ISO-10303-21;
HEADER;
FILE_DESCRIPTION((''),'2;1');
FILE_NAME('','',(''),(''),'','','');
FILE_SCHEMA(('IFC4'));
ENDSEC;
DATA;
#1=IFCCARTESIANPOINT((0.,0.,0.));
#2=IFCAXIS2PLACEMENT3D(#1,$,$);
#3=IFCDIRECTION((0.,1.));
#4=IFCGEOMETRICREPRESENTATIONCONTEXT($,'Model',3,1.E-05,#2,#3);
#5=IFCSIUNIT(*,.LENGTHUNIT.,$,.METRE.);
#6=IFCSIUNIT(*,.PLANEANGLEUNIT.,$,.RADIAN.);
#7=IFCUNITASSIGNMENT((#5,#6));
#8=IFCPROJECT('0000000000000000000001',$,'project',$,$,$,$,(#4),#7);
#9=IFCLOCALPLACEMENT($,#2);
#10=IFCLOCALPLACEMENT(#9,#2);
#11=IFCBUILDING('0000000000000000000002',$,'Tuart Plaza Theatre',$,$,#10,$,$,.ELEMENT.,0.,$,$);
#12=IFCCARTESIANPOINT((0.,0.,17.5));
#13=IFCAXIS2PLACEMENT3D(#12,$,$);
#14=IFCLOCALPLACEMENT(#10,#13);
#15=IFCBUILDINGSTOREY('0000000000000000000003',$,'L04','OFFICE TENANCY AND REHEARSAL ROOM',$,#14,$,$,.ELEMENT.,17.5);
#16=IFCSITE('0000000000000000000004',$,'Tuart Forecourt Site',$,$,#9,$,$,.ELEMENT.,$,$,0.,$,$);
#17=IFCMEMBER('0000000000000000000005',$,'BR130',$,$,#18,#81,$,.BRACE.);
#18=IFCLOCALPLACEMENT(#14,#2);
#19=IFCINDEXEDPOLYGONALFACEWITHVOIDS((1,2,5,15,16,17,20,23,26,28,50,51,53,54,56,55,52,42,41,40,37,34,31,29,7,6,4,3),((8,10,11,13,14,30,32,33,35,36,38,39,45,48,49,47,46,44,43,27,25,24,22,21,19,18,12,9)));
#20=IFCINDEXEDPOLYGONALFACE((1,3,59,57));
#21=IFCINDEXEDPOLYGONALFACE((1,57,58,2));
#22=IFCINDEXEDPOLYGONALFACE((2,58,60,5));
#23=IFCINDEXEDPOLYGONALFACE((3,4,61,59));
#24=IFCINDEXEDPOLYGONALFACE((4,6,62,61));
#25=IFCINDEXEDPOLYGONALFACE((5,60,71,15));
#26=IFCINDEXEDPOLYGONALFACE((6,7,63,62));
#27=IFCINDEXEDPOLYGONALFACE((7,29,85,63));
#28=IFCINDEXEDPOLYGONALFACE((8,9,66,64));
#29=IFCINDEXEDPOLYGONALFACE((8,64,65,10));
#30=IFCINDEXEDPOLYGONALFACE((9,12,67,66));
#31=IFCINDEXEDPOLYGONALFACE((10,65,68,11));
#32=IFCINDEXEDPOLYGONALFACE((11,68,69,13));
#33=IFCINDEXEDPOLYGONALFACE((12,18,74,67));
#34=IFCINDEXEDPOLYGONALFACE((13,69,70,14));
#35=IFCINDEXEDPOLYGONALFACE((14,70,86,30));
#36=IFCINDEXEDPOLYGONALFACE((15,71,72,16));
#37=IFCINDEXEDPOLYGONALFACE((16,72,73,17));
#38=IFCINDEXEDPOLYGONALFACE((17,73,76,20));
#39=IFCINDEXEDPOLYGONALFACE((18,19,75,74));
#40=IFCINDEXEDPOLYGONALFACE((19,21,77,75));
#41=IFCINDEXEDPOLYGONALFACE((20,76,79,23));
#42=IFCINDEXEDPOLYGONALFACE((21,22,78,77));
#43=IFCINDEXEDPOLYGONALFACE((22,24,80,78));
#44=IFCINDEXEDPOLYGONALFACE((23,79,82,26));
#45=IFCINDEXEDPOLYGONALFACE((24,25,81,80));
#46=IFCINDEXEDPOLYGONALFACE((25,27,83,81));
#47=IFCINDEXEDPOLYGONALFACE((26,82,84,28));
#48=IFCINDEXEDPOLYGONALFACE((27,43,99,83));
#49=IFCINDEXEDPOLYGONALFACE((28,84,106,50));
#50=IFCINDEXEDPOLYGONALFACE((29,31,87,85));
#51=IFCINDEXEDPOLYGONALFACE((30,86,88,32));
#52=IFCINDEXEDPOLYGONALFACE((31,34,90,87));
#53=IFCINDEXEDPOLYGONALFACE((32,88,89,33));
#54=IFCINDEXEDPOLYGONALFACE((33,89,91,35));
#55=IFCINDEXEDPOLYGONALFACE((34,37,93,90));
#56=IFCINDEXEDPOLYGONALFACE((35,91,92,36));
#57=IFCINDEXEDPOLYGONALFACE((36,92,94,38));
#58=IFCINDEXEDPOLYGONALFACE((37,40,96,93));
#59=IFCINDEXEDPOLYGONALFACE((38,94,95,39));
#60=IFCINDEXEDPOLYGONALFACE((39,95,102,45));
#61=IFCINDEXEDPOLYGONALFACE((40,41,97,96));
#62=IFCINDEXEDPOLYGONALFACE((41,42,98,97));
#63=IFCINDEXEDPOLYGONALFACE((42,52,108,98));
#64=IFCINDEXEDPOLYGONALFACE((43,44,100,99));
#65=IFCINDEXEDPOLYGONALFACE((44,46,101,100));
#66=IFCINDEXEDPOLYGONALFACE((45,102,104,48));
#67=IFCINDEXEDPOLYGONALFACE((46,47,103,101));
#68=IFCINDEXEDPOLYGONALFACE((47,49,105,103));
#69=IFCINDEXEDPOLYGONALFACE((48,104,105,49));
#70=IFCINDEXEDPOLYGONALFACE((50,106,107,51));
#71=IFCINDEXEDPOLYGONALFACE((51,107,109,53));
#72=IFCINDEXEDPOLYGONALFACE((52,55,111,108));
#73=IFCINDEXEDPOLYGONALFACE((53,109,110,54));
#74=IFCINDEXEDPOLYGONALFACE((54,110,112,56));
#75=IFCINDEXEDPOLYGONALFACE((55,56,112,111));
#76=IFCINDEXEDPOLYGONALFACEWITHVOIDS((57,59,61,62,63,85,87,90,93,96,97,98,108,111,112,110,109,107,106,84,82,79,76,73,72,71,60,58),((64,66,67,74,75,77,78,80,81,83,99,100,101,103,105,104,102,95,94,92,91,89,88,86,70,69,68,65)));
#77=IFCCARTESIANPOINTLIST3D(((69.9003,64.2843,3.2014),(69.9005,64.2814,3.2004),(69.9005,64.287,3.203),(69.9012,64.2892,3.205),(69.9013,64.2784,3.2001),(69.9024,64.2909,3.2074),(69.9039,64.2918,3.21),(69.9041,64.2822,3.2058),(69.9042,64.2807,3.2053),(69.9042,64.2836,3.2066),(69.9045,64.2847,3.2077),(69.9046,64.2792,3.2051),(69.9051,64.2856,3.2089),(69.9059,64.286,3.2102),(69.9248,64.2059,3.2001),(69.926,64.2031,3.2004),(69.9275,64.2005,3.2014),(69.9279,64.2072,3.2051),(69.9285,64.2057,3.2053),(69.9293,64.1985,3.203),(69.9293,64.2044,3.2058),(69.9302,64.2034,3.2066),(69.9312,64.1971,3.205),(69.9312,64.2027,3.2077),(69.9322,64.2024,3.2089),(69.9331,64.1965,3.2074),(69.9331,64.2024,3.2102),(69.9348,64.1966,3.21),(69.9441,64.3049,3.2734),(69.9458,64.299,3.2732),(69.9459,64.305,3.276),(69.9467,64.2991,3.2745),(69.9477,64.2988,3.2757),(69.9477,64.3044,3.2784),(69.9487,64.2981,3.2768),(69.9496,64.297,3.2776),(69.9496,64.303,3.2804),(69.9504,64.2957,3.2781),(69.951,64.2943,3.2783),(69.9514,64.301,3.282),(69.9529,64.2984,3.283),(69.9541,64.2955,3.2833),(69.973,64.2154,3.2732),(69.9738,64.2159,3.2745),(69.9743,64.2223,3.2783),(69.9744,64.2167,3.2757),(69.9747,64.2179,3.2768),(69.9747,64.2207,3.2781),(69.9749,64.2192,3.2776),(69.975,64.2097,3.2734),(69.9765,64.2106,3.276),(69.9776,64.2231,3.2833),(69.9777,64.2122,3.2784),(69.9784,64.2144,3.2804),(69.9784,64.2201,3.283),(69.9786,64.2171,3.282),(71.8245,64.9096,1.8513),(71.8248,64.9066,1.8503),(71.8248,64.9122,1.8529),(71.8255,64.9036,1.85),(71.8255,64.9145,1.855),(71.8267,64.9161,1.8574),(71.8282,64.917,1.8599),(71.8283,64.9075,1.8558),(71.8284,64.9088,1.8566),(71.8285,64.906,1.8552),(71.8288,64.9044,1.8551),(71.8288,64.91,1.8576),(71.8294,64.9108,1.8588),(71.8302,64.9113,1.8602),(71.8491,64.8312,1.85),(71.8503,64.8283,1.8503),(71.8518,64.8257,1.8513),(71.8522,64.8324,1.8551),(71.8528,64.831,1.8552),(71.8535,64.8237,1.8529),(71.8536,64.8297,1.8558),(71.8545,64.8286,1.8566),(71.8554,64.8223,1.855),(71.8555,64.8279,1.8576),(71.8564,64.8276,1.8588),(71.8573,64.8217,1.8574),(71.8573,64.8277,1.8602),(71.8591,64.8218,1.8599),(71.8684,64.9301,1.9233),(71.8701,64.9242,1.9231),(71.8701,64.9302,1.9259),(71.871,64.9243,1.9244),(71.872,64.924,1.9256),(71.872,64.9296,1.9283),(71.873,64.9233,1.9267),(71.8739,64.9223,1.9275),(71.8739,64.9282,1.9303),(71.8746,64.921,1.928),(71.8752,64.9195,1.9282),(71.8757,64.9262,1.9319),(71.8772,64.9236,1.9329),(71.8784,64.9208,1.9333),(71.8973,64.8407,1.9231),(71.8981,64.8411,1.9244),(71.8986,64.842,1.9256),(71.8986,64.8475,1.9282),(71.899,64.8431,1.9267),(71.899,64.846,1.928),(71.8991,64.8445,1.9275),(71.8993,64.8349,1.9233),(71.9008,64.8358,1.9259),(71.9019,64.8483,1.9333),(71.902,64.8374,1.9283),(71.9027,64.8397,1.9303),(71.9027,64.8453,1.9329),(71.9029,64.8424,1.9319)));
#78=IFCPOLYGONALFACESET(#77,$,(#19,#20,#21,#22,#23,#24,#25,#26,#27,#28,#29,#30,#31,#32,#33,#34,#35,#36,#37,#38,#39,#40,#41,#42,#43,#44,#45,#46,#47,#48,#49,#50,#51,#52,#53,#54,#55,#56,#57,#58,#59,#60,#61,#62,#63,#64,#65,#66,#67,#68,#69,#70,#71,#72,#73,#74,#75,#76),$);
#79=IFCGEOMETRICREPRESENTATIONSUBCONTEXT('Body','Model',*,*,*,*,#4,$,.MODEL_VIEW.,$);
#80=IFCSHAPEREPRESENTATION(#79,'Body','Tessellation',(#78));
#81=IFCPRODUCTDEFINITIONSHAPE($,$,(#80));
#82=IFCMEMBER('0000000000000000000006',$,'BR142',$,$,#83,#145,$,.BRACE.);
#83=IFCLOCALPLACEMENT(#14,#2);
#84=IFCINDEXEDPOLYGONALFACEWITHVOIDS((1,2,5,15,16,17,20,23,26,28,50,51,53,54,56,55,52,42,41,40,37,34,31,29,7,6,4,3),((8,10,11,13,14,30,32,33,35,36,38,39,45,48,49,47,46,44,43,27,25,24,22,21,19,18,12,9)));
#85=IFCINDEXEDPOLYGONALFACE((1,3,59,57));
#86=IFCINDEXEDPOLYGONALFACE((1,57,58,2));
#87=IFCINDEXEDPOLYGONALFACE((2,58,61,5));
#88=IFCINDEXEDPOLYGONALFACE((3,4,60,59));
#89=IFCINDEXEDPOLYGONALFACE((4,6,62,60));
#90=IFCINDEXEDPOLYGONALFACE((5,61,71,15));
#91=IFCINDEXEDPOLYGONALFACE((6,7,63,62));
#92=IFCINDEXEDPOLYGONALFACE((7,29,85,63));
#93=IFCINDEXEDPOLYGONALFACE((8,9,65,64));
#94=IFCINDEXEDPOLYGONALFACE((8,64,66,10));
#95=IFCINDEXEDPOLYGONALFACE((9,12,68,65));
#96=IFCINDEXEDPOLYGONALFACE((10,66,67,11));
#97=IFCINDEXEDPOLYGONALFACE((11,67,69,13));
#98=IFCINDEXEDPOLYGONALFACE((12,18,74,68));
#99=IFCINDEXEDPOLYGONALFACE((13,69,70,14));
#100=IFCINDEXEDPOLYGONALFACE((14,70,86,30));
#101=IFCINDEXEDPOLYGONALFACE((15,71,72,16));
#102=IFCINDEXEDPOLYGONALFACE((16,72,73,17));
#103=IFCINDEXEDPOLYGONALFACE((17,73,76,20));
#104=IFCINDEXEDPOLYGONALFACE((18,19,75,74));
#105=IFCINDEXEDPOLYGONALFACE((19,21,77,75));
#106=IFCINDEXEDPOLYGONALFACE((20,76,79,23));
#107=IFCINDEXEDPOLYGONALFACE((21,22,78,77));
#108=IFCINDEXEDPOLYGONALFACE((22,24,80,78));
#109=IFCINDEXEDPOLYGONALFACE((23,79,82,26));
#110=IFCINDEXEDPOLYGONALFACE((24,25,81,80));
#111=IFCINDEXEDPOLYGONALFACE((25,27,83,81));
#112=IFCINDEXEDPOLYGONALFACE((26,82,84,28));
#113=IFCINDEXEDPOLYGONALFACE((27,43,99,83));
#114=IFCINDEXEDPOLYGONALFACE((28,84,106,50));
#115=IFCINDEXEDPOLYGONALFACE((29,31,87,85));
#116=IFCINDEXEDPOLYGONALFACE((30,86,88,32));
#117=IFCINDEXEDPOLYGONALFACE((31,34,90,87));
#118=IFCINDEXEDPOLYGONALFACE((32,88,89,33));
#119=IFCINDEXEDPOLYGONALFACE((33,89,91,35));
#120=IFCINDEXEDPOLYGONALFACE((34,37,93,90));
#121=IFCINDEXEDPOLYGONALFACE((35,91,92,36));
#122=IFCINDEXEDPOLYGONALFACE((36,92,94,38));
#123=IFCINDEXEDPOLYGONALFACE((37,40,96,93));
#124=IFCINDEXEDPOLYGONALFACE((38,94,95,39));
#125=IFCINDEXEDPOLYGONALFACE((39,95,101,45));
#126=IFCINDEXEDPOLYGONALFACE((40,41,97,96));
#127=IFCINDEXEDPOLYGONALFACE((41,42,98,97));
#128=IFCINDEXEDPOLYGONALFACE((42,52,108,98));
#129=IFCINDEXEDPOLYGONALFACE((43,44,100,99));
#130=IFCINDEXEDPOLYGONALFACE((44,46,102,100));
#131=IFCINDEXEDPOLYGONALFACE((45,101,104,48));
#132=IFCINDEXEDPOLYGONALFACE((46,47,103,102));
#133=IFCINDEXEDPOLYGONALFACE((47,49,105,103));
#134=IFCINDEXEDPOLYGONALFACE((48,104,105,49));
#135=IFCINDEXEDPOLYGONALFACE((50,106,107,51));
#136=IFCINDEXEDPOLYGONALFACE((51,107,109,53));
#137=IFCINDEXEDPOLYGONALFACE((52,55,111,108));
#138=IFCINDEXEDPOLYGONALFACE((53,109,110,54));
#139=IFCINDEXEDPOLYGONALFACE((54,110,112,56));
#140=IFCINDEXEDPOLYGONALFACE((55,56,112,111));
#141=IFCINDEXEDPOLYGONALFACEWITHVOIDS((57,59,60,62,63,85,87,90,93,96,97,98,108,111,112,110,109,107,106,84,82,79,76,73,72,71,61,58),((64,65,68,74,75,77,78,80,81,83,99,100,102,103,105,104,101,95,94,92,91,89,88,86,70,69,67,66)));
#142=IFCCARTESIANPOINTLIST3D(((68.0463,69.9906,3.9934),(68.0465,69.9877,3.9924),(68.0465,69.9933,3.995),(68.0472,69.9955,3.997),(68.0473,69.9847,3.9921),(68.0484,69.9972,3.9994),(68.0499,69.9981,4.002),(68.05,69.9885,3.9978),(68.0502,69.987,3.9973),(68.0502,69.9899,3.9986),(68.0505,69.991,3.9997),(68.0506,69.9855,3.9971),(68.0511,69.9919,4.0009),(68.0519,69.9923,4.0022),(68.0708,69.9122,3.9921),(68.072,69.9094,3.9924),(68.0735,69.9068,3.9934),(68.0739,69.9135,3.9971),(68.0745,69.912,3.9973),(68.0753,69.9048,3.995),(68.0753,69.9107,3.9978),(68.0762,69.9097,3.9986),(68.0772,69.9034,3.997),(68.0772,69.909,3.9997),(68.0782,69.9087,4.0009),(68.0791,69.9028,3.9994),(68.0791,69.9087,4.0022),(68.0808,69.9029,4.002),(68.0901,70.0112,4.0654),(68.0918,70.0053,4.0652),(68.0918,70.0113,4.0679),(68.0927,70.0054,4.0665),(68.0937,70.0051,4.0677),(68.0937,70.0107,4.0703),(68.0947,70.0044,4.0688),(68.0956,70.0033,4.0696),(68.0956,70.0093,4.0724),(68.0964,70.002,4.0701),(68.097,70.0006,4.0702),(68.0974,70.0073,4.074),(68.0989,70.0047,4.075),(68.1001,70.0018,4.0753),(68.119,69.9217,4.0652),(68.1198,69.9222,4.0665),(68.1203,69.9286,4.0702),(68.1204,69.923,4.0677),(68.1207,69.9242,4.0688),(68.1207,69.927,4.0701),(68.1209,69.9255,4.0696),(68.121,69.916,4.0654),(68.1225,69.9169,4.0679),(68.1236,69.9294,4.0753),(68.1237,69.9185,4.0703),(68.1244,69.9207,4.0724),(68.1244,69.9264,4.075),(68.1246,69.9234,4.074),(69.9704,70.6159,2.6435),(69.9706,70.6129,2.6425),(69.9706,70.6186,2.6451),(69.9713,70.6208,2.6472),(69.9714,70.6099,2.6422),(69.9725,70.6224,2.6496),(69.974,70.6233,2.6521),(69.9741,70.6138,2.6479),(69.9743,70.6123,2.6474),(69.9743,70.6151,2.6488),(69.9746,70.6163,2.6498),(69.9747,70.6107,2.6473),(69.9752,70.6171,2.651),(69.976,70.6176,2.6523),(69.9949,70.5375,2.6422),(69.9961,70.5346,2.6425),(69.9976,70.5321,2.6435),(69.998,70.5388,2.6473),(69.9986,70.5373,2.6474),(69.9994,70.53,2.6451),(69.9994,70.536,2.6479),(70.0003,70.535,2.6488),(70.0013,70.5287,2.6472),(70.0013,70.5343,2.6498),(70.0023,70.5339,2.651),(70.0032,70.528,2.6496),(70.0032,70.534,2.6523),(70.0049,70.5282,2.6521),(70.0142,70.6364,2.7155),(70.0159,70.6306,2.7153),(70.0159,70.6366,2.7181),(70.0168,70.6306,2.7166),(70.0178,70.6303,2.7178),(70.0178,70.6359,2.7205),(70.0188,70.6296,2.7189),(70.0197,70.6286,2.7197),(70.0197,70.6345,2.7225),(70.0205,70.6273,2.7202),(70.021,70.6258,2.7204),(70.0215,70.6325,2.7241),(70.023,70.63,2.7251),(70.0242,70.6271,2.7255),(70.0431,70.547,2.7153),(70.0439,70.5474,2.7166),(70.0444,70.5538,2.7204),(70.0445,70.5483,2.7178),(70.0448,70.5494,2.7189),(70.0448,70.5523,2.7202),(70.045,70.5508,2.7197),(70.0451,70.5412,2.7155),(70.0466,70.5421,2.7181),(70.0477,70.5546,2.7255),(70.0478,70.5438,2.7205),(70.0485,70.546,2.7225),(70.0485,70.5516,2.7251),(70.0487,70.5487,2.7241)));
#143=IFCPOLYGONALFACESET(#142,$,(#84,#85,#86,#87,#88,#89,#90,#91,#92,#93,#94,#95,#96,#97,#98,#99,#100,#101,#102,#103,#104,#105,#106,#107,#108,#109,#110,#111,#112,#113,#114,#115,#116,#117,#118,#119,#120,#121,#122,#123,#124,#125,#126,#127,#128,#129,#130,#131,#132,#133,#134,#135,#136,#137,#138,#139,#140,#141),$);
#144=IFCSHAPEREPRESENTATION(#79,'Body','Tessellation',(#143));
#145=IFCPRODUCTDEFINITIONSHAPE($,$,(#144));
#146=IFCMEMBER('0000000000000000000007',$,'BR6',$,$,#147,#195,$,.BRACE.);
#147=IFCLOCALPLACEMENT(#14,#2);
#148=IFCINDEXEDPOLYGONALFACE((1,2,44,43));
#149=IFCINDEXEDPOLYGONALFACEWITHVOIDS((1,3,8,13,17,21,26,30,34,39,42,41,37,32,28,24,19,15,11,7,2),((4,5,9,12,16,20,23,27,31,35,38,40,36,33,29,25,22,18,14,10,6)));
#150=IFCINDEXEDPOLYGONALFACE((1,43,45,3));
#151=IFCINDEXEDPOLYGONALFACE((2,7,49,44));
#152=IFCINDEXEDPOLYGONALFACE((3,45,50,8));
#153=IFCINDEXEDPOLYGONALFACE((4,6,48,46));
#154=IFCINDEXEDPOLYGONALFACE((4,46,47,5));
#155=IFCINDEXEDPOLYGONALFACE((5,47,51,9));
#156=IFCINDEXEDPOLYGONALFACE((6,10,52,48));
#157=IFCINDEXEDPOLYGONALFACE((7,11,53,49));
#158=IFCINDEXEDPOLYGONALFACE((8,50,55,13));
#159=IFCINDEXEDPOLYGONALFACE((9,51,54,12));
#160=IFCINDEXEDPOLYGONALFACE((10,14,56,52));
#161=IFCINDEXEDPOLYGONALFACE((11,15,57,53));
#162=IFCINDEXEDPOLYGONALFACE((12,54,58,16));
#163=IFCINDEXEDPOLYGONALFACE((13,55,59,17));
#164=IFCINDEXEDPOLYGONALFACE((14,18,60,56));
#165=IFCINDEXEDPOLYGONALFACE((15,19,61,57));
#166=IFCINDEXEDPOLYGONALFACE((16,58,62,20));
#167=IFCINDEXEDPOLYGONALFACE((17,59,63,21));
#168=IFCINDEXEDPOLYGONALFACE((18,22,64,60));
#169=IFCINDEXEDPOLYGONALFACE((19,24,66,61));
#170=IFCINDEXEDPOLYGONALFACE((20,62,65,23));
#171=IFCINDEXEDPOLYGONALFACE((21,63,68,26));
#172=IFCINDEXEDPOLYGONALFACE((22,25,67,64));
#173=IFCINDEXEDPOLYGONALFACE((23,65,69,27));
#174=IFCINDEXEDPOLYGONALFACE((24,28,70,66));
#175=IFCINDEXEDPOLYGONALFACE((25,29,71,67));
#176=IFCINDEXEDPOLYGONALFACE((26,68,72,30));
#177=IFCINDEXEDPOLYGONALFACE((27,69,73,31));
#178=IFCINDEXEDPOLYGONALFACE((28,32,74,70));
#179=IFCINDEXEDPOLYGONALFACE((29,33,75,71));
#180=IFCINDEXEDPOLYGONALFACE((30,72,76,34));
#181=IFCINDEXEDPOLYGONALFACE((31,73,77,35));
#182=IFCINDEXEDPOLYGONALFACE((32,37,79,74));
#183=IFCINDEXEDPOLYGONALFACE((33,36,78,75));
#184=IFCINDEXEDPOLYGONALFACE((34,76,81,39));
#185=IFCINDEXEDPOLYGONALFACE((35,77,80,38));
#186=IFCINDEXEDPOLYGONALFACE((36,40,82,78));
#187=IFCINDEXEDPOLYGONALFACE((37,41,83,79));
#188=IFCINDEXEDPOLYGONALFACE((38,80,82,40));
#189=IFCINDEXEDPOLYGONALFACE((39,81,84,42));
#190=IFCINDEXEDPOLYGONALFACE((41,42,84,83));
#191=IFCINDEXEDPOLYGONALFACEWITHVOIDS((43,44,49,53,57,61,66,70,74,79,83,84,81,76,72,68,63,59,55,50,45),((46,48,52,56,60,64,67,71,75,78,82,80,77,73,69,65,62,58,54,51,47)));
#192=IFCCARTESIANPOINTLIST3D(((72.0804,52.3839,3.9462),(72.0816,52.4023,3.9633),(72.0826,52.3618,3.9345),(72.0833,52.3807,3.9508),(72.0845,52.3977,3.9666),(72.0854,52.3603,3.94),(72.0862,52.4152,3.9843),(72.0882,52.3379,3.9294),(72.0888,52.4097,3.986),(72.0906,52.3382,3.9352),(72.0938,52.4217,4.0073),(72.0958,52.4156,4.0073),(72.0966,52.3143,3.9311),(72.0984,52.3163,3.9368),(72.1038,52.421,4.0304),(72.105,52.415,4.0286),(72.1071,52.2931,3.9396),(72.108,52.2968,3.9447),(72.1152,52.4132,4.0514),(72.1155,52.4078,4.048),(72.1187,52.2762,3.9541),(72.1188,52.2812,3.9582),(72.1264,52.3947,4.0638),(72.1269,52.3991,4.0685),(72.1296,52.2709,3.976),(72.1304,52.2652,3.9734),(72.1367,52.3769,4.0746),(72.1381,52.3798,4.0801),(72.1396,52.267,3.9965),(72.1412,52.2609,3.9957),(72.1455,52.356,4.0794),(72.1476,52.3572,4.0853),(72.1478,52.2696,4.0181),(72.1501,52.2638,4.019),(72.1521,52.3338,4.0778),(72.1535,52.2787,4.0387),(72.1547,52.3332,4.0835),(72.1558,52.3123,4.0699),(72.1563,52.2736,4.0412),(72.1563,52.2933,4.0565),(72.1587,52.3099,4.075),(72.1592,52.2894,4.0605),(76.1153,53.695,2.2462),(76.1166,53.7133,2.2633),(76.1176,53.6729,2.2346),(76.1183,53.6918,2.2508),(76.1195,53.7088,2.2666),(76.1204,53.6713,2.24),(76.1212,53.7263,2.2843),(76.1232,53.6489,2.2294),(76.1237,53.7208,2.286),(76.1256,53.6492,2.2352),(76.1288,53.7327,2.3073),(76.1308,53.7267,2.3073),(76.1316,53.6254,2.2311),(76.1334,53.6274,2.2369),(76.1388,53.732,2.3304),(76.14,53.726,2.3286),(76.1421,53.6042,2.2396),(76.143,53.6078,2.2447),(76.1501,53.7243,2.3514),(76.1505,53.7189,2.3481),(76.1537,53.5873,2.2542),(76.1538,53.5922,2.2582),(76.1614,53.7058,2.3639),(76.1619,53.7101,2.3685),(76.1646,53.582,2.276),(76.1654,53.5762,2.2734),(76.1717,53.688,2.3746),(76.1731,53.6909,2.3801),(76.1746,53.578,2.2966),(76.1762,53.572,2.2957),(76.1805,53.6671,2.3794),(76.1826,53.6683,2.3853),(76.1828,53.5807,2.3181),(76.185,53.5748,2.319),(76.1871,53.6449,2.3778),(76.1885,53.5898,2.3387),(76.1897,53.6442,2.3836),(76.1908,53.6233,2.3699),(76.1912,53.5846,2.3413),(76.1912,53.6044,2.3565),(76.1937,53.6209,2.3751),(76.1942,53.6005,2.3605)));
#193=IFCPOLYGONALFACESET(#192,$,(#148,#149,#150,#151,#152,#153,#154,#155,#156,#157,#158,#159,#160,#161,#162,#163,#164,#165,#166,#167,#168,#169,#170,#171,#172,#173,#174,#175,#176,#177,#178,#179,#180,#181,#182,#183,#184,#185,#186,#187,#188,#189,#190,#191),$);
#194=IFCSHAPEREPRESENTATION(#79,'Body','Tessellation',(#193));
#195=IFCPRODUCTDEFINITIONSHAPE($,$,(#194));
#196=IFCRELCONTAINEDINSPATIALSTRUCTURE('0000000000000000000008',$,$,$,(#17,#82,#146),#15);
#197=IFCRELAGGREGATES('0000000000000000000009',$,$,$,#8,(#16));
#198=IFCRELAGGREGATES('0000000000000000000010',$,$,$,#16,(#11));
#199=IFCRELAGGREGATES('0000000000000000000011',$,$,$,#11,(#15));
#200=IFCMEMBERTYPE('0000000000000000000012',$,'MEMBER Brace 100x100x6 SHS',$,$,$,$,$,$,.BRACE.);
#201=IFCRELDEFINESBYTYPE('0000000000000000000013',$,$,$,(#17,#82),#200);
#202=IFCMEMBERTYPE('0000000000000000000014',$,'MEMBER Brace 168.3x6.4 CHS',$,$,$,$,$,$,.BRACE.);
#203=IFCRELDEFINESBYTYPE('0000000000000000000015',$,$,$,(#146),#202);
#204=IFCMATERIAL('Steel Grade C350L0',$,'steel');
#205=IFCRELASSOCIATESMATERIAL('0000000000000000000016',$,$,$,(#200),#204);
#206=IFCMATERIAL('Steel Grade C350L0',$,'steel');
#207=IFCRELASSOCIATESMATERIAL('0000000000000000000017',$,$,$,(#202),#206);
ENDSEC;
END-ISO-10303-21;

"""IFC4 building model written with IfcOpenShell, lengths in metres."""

from ifc_helpers import new_model, si_unit, direction, frame, origin, origin_2d, place, context, subcontext, project, spatial, hollow_rectangle, hollow_circle, extrude, material, material_profile, profile_set, type_object, element, save


model = new_model("IFC4")

# Units and contexts
model_context = context("Model", 3, precision=1e-05, world=origin(), true_north=direction((0.0, 1.0)))
body_context = subcontext(model_context, "Body", "Model", "MODEL_VIEW")
ifc_project = project(units=[si_unit("LENGTHUNIT", "METRE"), si_unit("PLANEANGLEUNIT", "RADIAN")], contexts=[model_context])

# Site, building, storey
site_placement = place(None, origin())
site = spatial("IfcSite", under=ifc_project, at=site_placement, Name="Tuart Forecourt Site", CompositionType="ELEMENT", RefElevation=0.0)
building_placement = place(site_placement, origin())
building = spatial("IfcBuilding", under=site, at=building_placement, Name="Tuart Plaza Theatre", CompositionType="ELEMENT", ElevationOfRefHeight=0.0)
storey_placement = place(building_placement, frame((0.0, 0.0, 17.5)))
storey = spatial("IfcBuildingStorey", under=building, at=storey_placement, Name="L04", Description="OFFICE TENANCY AND REHEARSAL ROOM", CompositionType="ELEMENT", Elevation=17.5)

# Members
ifc_material_1 = material(Name="Steel Grade C350L0", Category="steel")
ifc_material_profile_1 = material_profile(ifc_material_1, hollow_rectangle(XDim=0.1001, YDim=0.1001, WallThickness=0.0061, InnerFilletRadius=0.0061, OuterFilletRadius=0.012, at=origin_2d()), Name="100x100x6 SHS")
ifc_profile_set_1 = profile_set([ifc_material_profile_1], Name="Steel Grade C350L0")
member_type_1 = type_object("IfcMemberType", Name="MEMBER Brace 100x100x6 SHS", PredefinedType="BRACE", material=ifc_profile_set_1)
member_1_placement = place(storey_placement, frame((69.9395, 64.2507, 3.2417), z_axis=(0.791111, 0.257046, -0.555042), x_axis=(-0.309015, 0.951057, 0.0)))
element("IfcMember", 1, at=member_1_placement, inside=storey, type_object=member_type_1, Name="BR130", PredefinedType="BRACE", context=body_context, shape_type="SweptSolid", body=[
    extrude(hollow_rectangle(XDim=0.1001, YDim=0.1001, WallThickness=0.0061, InnerFilletRadius=0.0061, OuterFilletRadius=0.012, at=origin_2d()), origin(), (0.0, 0.0, 1.0), 2.4324),
])
member_2_placement = place(storey_placement, frame((68.0854, 69.957, 4.0337), z_axis=(0.791117, 0.25708, -0.555017), x_axis=(-0.309051, 0.951046, 0.0)))
element("IfcMember", 2, at=member_2_placement, inside=storey, type_object=member_type_1, Name="BR142", PredefinedType="BRACE", context=body_context, shape_type="SweptSolid", body=[
    extrude(hollow_rectangle(XDim=0.1001, YDim=0.1001, WallThickness=0.0061, InnerFilletRadius=0.0061, OuterFilletRadius=0.012, at=origin_2d()), origin(), (0.0, 0.0, 1.0), 2.4321),
])
ifc_material_2 = material(Name="Steel Grade C350L0", Category="steel")
ifc_material_profile_2 = material_profile(ifc_material_2, hollow_circle(Radius=0.0842, WallThickness=0.0063, at=origin_2d()), Name="168.3x6.4 CHS")
ifc_profile_set_2 = profile_set([ifc_material_profile_2], Name="Steel Grade C350L0")
member_type_2 = type_object("IfcMemberType", Name="MEMBER Brace 168.3x6.4 CHS", PredefinedType="BRACE", material=ifc_profile_set_2)
for number, where, z_axis, x_axis, name in (
    (3, (72.1199, 52.3416, 4.0073), (0.882823, 0.286849, -0.371943), (-0.30902, 0.951056, 0.0), "BR6"),
):
    element("IfcMember", number, at=place(storey_placement, frame(where, z_axis=z_axis, x_axis=x_axis)), inside=storey, type_object=member_type_2, Name=name, PredefinedType="BRACE", context=body_context, shape_type="SweptSolid", body=[
        extrude(hollow_circle(Radius=0.0842, WallThickness=0.0063, at=origin_2d()), origin(), (0.0, 0.0, 1.0), 4.5706),
    ])

save(model, "model.ifc")
